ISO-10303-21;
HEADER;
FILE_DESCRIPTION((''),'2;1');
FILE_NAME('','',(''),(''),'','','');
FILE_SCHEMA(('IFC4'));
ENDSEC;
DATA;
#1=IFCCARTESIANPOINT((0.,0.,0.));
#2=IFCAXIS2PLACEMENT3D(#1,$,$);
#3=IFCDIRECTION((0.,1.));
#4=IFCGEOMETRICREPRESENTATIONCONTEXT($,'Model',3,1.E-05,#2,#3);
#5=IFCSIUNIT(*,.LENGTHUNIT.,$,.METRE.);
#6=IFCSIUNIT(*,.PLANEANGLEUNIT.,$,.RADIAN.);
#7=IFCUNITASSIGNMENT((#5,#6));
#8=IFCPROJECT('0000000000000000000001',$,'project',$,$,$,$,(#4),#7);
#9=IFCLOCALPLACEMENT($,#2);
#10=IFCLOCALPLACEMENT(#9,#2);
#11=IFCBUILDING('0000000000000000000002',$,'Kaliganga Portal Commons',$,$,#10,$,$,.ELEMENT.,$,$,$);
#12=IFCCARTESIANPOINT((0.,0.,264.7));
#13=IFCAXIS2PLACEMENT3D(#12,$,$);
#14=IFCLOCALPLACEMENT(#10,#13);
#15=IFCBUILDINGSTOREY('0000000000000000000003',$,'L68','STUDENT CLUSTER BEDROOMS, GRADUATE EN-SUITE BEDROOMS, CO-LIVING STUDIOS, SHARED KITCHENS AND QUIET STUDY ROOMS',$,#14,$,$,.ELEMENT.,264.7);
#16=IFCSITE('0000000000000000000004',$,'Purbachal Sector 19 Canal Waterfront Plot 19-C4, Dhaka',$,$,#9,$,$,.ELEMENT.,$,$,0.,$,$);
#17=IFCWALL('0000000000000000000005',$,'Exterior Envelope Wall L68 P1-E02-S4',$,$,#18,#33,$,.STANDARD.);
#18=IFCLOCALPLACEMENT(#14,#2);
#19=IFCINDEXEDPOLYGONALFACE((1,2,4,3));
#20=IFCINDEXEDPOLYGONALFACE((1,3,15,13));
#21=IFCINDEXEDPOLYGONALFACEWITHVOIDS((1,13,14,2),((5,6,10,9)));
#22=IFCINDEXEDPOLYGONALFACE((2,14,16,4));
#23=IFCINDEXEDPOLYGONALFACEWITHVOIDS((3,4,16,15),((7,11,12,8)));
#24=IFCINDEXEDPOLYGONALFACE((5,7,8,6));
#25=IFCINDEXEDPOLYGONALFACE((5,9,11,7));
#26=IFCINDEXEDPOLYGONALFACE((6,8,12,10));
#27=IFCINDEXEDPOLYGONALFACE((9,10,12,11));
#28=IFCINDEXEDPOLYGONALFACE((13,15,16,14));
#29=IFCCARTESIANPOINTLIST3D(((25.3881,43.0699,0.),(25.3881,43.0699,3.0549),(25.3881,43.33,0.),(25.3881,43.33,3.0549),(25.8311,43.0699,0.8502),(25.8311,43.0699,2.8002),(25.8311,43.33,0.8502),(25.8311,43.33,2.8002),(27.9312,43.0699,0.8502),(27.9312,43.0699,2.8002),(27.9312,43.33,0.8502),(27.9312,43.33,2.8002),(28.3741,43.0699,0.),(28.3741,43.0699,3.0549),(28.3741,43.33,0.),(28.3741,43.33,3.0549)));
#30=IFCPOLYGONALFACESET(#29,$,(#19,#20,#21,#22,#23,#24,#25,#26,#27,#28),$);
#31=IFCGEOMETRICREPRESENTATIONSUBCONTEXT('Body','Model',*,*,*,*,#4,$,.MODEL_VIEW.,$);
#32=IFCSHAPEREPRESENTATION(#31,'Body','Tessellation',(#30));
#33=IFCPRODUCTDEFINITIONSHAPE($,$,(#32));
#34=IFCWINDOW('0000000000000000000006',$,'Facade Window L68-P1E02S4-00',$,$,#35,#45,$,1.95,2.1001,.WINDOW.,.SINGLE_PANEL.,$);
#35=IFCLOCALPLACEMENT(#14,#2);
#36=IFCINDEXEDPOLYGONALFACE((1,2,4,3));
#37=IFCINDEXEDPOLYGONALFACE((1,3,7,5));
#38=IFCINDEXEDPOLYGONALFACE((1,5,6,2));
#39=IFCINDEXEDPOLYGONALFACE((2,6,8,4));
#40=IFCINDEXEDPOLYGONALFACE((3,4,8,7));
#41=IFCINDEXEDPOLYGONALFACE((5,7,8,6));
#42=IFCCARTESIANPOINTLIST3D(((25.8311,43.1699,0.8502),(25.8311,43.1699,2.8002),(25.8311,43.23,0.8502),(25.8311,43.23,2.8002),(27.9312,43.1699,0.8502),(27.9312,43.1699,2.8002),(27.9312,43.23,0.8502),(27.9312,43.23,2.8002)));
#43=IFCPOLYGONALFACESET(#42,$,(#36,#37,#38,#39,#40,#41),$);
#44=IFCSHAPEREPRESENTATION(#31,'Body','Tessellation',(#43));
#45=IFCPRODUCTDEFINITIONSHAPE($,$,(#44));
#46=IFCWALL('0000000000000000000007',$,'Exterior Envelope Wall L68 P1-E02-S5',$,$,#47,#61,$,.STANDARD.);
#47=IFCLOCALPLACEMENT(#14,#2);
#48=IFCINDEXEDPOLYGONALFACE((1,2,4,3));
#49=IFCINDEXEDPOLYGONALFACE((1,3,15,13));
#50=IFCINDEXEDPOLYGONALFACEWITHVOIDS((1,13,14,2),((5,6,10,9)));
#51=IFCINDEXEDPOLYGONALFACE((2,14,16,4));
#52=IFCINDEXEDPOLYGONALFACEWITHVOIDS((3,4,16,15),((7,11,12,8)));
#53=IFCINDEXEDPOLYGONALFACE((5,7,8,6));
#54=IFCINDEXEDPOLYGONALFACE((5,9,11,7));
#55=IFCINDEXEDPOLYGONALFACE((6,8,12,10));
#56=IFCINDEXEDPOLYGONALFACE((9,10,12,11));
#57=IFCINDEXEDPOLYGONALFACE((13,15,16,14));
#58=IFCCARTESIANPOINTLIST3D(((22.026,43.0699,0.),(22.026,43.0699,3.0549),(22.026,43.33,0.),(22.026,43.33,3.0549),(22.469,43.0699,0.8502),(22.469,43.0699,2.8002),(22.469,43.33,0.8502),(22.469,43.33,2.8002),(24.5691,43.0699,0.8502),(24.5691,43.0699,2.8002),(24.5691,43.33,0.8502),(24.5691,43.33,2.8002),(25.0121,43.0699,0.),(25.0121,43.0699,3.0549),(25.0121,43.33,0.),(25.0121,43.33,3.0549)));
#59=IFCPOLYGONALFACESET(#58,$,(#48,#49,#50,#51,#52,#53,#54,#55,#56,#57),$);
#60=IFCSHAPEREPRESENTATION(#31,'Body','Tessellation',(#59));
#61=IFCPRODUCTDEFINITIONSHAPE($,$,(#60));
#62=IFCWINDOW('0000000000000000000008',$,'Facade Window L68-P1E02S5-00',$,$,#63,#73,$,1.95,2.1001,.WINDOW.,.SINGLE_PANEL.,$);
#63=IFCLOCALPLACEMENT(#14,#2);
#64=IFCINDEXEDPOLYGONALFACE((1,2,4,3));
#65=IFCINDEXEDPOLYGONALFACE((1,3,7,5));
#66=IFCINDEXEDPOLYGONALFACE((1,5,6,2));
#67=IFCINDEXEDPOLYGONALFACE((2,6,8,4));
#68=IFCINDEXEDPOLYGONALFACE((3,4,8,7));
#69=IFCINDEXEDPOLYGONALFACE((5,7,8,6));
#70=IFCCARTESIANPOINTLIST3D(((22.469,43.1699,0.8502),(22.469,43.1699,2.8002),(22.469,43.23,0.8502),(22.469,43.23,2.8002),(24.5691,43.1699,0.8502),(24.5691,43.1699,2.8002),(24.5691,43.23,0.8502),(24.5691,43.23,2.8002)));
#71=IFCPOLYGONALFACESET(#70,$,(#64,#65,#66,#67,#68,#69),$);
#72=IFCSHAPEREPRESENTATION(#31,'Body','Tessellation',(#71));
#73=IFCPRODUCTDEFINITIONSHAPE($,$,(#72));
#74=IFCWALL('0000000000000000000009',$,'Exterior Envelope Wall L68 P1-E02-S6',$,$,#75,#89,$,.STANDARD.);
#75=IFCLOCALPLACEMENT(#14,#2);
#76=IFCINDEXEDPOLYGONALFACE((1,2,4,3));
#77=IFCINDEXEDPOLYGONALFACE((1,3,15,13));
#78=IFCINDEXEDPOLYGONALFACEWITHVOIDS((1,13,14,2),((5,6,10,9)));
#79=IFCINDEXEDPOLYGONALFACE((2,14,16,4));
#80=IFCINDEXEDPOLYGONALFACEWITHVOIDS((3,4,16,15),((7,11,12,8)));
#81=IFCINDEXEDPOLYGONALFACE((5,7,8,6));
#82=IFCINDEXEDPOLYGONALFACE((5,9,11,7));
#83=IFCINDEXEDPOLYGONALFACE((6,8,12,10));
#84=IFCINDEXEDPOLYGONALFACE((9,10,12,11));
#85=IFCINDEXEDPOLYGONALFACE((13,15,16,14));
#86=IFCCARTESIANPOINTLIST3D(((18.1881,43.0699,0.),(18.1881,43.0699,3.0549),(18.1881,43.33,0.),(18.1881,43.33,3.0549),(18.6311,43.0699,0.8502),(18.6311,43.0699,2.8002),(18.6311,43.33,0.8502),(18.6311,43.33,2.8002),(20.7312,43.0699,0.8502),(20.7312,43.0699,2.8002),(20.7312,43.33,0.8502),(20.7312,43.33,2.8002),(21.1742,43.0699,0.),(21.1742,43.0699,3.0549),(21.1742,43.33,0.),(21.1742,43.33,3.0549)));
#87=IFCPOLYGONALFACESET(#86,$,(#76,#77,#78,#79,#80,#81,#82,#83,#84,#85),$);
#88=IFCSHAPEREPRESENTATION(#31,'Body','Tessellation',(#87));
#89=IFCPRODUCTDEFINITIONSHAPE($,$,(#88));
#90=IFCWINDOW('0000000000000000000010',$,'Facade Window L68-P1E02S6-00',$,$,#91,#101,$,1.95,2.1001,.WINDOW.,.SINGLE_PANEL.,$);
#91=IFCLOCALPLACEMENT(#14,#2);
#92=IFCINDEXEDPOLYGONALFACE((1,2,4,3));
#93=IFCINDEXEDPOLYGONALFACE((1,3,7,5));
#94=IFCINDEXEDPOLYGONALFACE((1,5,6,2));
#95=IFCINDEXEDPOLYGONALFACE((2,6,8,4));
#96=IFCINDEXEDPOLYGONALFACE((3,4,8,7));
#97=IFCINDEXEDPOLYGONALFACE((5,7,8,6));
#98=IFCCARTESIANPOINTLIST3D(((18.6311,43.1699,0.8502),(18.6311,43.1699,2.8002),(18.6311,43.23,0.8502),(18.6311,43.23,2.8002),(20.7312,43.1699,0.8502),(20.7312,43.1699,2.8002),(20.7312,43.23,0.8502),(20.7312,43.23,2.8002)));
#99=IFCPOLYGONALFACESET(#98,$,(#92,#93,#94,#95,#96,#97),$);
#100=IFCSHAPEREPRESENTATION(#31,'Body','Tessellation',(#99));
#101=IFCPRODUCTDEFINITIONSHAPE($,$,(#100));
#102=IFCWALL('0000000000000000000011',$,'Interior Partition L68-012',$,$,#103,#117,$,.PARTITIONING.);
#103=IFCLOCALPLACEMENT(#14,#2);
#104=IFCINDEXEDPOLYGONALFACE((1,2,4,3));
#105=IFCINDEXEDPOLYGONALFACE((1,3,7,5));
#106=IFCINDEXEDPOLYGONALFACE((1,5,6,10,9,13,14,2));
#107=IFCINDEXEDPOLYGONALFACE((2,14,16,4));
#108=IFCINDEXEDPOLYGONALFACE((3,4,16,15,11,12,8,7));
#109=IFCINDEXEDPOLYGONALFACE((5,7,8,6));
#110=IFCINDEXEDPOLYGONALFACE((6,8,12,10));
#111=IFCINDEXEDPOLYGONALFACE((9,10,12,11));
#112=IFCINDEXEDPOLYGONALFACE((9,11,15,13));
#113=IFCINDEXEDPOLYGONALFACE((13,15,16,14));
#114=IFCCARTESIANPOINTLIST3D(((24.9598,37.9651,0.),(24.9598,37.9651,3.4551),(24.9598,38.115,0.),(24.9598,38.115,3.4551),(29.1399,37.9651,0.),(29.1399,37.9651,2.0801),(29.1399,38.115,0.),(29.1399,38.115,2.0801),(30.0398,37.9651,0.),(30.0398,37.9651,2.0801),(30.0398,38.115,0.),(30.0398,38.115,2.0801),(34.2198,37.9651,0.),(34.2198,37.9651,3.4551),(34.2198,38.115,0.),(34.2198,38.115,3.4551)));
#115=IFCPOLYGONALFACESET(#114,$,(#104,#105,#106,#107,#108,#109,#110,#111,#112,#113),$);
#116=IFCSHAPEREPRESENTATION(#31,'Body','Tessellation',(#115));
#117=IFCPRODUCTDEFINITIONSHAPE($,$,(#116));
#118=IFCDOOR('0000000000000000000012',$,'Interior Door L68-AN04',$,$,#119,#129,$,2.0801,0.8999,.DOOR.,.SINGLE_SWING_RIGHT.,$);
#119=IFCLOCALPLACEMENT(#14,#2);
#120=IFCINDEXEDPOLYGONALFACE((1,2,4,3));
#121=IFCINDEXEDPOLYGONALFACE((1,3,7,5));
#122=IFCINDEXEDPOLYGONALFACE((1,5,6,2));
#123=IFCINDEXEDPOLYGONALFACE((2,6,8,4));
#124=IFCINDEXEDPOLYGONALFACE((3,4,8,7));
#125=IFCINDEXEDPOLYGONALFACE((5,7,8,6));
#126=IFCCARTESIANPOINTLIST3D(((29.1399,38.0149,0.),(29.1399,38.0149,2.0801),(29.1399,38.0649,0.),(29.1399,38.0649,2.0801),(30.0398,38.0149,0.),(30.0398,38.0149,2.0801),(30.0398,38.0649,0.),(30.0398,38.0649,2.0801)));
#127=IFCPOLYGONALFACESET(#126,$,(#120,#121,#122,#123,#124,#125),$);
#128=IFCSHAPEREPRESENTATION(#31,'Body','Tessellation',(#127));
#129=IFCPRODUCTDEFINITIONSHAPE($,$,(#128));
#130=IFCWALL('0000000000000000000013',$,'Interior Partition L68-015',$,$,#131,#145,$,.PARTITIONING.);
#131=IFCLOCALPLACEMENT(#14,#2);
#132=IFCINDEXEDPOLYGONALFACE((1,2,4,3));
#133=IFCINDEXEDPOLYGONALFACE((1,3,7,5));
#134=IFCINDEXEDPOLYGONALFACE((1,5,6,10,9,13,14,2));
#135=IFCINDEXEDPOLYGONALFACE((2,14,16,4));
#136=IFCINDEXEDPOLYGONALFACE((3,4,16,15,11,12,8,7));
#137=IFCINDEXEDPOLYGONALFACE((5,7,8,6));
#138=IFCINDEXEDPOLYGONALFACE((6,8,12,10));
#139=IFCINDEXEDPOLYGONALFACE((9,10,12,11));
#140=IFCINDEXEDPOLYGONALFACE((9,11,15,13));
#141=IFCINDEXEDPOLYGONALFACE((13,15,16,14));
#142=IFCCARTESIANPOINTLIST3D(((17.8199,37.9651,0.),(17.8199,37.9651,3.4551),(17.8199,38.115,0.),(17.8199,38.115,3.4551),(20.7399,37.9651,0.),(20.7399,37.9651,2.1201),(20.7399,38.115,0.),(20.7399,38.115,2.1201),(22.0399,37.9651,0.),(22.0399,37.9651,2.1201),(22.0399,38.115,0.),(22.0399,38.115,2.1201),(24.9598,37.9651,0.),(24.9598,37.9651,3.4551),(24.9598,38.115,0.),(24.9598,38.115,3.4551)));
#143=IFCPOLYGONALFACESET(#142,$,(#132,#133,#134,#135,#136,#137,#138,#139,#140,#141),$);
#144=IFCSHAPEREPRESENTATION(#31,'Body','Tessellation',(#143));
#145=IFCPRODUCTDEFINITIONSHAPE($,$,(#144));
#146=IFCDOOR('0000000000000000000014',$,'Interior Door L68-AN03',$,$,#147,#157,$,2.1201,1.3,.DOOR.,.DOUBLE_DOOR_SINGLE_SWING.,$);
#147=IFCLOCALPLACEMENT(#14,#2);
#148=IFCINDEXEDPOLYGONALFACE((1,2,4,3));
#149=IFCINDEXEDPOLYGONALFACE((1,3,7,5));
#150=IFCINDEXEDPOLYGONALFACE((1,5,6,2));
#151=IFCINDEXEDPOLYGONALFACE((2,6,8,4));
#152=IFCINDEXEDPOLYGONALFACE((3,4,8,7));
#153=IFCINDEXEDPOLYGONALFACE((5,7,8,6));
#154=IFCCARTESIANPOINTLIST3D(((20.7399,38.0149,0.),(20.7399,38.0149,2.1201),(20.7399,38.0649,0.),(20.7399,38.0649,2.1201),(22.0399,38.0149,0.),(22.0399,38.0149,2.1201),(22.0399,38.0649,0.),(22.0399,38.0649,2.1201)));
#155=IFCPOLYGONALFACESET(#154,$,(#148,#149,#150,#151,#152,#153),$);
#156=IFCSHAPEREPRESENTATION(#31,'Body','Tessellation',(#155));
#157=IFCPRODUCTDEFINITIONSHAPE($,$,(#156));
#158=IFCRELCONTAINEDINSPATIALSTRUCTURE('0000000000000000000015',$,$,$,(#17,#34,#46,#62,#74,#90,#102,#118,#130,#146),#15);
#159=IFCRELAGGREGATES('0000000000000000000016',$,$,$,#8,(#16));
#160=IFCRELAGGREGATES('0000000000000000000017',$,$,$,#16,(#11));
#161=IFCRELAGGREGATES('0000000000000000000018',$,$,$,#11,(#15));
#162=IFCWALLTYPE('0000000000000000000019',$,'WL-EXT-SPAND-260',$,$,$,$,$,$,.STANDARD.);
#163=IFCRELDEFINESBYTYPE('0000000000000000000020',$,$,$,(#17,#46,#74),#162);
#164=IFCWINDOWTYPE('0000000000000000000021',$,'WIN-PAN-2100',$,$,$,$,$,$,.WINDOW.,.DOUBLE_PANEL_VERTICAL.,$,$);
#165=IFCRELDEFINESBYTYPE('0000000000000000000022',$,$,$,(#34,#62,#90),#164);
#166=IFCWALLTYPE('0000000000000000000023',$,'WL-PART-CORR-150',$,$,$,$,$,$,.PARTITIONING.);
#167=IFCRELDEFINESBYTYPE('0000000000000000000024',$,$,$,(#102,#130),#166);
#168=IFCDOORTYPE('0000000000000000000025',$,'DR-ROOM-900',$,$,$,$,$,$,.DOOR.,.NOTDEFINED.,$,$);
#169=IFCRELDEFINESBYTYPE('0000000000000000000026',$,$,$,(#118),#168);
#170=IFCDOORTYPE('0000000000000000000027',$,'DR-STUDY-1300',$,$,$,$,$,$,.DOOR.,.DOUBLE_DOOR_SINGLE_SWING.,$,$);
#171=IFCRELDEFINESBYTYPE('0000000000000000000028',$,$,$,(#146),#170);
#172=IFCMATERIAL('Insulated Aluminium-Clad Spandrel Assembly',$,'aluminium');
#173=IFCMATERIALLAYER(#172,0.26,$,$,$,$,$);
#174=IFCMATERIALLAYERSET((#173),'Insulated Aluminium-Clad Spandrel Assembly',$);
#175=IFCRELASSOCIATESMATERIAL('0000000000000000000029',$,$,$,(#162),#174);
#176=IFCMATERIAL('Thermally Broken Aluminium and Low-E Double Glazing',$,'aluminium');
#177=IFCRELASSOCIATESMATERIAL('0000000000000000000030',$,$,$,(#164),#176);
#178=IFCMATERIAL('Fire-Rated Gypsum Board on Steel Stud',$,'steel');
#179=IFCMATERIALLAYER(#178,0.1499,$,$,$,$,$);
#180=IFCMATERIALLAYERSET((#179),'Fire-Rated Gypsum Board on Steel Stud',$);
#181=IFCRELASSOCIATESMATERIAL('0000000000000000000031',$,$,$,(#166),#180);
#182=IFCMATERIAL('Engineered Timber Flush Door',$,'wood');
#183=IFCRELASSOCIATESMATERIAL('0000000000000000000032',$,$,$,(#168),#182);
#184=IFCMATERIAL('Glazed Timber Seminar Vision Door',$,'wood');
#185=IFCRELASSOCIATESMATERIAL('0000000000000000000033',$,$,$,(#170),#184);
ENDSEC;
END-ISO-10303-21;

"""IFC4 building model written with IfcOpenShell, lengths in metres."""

from ifc_helpers import new_model, si_unit, direction, frame, frame_2d, origin, place, context, subcontext, project, spatial, rectangle, extrude, material, layer, layer_set, type_object, element, fill, save


model = new_model("IFC4")

# Units and contexts
model_context = context("Model", 3, precision=1e-05, world=origin(), true_north=direction((0.0, 1.0)))
body_context = subcontext(model_context, "Body", "Model", "MODEL_VIEW")
ifc_project = project(units=[si_unit("LENGTHUNIT", "METRE"), si_unit("PLANEANGLEUNIT", "RADIAN")], contexts=[model_context])

# Site, building, storey
site_placement = place(None, origin())
site = spatial("IfcSite", under=ifc_project, at=site_placement, Name="Purbachal Sector 19 Canal Waterfront Plot 19-C4, Dhaka", CompositionType="ELEMENT", RefElevation=0.0)
building_placement = place(site_placement, origin())
building = spatial("IfcBuilding", under=site, at=building_placement, Name="Kaliganga Portal Commons", CompositionType="ELEMENT")
storey_placement = place(building_placement, frame((0.0, 0.0, 264.7)))
storey = spatial("IfcBuildingStorey", under=building, at=storey_placement, Name="L68", Description="STUDENT CLUSTER BEDROOMS, GRADUATE EN-SUITE BEDROOMS, CO-LIVING STUDIOS, SHARED KITCHENS AND QUIET STUDY ROOMS", CompositionType="ELEMENT", Elevation=264.7)

# Walls, openings, windows
ifc_material_1 = material(Name="Insulated Aluminium-Clad Spandrel Assembly", Category="aluminium")
ifc_layer_1 = layer(ifc_material_1, 0.26)
ifc_layer_set_1 = layer_set([ifc_layer_1], Name="Insulated Aluminium-Clad Spandrel Assembly")
wall_type_1 = type_object("IfcWallType", Name="WL-EXT-SPAND-260", PredefinedType="STANDARD", material=ifc_layer_set_1)
wall_1_placement = place(storey_placement, frame((25.3879, 43.2, 0.0), z_axis=(0.0, 0.0, 1.0), x_axis=(1.0, 0.0, 0.0)))
wall_1 = element("IfcWall", 1, at=wall_1_placement, inside=storey, type_object=wall_type_1, Name="Exterior Envelope Wall L68 P1-E02-S4", PredefinedType="STANDARD", context=body_context, shape_type="SweptSolid", body=[
    extrude(rectangle(XDim=2.9861, YDim=0.26, at=frame_2d((1.4932, 0.0))), origin(), (0.0, 0.0, 1.0), 3.0549),
])
opening_1_placement = place(wall_1_placement, frame((0.4431, 0.0, 0.8501)))
opening_1 = element("IfcOpeningElement", 2, at=opening_1_placement, cuts=wall_1, PredefinedType="OPENING", context=body_context, shape_type="SweptSolid", body=[
    extrude(rectangle(XDim=2.1001, YDim=1.95, at=frame_2d((1.05, 0.9751))), frame((0.0, 0.1401, 0.0), z_axis=(0.0, -1.0, 0.0), x_axis=(1.0, 0.0, 0.0)), (0.0, 0.0, 1.0), 0.28),
])
ifc_material_2 = material(Name="Thermally Broken Aluminium and Low-E Double Glazing", Category="aluminium")
window_type = type_object("IfcWindowType", Name="WIN-PAN-2100", PartitioningType="DOUBLE_PANEL_VERTICAL", PredefinedType="WINDOW", material=ifc_material_2)
window_1_placement = place(opening_1_placement, origin())
window_1 = element("IfcWindow", 3, at=window_1_placement, inside=storey, type_object=window_type, Name="Facade Window L68-P1E02S4-00", OverallHeight=1.95, OverallWidth=2.1001, PartitioningType="SINGLE_PANEL", PredefinedType="WINDOW", context=body_context, shape_type="SweptSolid", body=[
    extrude(rectangle(XDim=2.1001, YDim=1.95, at=frame_2d((1.05, 0.9751))), frame((0.0, 0.03, 0.0), z_axis=(0.0, -1.0, 0.0), x_axis=(1.0, 0.0, 0.0)), (0.0, 0.0, 1.0), 0.0601),
])
fill(opening_1, window_1)
wall_2_placement = place(storey_placement, frame((22.0259, 43.2, 0.0), z_axis=(0.0, 0.0, 1.0), x_axis=(1.0, 0.0, 0.0)))
wall_2 = element("IfcWall", 4, at=wall_2_placement, inside=storey, type_object=wall_type_1, Name="Exterior Envelope Wall L68 P1-E02-S5", PredefinedType="STANDARD", context=body_context, shape_type="SweptSolid", body=[
    extrude(rectangle(XDim=2.9861, YDim=0.26, at=frame_2d((1.4932, 0.0))), origin(), (0.0, 0.0, 1.0), 3.0549),
])
opening_2_placement = place(wall_2_placement, frame((0.4431, 0.0, 0.8501)))
opening_2 = element("IfcOpeningElement", 5, at=opening_2_placement, cuts=wall_2, PredefinedType="OPENING", context=body_context, shape_type="SweptSolid", body=[
    extrude(rectangle(XDim=2.1001, YDim=1.95, at=frame_2d((1.05, 0.9751))), frame((0.0, 0.1401, 0.0), z_axis=(0.0, -1.0, 0.0), x_axis=(1.0, 0.0, 0.0)), (0.0, 0.0, 1.0), 0.28),
])
window_2_placement = place(opening_2_placement, origin())
window_2 = element("IfcWindow", 6, at=window_2_placement, inside=storey, type_object=window_type, Name="Facade Window L68-P1E02S5-00", OverallHeight=1.95, OverallWidth=2.1001, PartitioningType="SINGLE_PANEL", PredefinedType="WINDOW", context=body_context, shape_type="SweptSolid", body=[
    extrude(rectangle(XDim=2.1001, YDim=1.95, at=frame_2d((1.05, 0.9751))), frame((0.0, 0.03, 0.0), z_axis=(0.0, -1.0, 0.0), x_axis=(1.0, 0.0, 0.0)), (0.0, 0.0, 1.0), 0.0601),
])
fill(opening_2, window_2)
wall_3_placement = place(storey_placement, frame((18.188, 43.2, 0.0), z_axis=(0.0, 0.0, 1.0), x_axis=(1.0, 0.0, 0.0)))
wall_3 = element("IfcWall", 7, at=wall_3_placement, inside=storey, type_object=wall_type_1, Name="Exterior Envelope Wall L68 P1-E02-S6", PredefinedType="STANDARD", context=body_context, shape_type="SweptSolid", body=[
    extrude(rectangle(XDim=2.9861, YDim=0.26, at=frame_2d((1.4932, 0.0))), origin(), (0.0, 0.0, 1.0), 3.0549),
])
opening_3_placement = place(wall_3_placement, frame((0.4431, 0.0, 0.8501)))
opening_3 = element("IfcOpeningElement", 8, at=opening_3_placement, cuts=wall_3, PredefinedType="OPENING", context=body_context, shape_type="SweptSolid", body=[
    extrude(rectangle(XDim=2.1001, YDim=1.95, at=frame_2d((1.05, 0.9751))), frame((0.0, 0.1401, 0.0), z_axis=(0.0, -1.0, 0.0), x_axis=(1.0, 0.0, 0.0)), (0.0, 0.0, 1.0), 0.28),
])
window_3_placement = place(opening_3_placement, origin())
window_3 = element("IfcWindow", 9, at=window_3_placement, inside=storey, type_object=window_type, Name="Facade Window L68-P1E02S6-00", OverallHeight=1.95, OverallWidth=2.1001, PartitioningType="SINGLE_PANEL", PredefinedType="WINDOW", context=body_context, shape_type="SweptSolid", body=[
    extrude(rectangle(XDim=2.1001, YDim=1.95, at=frame_2d((1.05, 0.9751))), frame((0.0, 0.03, 0.0), z_axis=(0.0, -1.0, 0.0), x_axis=(1.0, 0.0, 0.0)), (0.0, 0.0, 1.0), 0.0601),
])
fill(opening_3, window_3)

# Walls, openings, doors
ifc_material_3 = material(Name="Fire-Rated Gypsum Board on Steel Stud", Category="steel")
ifc_layer_2 = layer(ifc_material_3, 0.1499)
ifc_layer_set_2 = layer_set([ifc_layer_2], Name="Fire-Rated Gypsum Board on Steel Stud")
wall_type_2 = type_object("IfcWallType", Name="WL-PART-CORR-150", PredefinedType="PARTITIONING", material=ifc_layer_set_2)
wall_4_placement = place(storey_placement, frame((24.96, 38.04, 0.0), z_axis=(0.0, 0.0, 1.0), x_axis=(1.0, 0.0, 0.0)))
wall_4 = element("IfcWall", 10, at=wall_4_placement, inside=storey, type_object=wall_type_2, Name="Interior Partition L68-012", PredefinedType="PARTITIONING", context=body_context, shape_type="SweptSolid", body=[
    extrude(rectangle(XDim=9.26, YDim=0.1499, at=frame_2d((4.6299, 0.0))), origin(), (0.0, 0.0, 1.0), 3.4551),
])
opening_4_placement = place(wall_4_placement, frame((4.1799, 0.0, 0.0)))
opening_4 = element("IfcOpeningElement", 11, at=opening_4_placement, cuts=wall_4, PredefinedType="OPENING", context=body_context, shape_type="SweptSolid", body=[
    extrude(rectangle(XDim=0.8999, YDim=2.0801, at=frame_2d((0.45, 1.04))), frame((0.0, 0.085, 0.0), z_axis=(0.0, -1.0, 0.0), x_axis=(1.0, 0.0, 0.0)), (0.0, 0.0, 1.0), 0.1699),
])
ifc_material_4 = material(Name="Engineered Timber Flush Door", Category="wood")
door_type_1 = type_object("IfcDoorType", Name="DR-ROOM-900", OperationType="NOTDEFINED", PredefinedType="DOOR", material=ifc_material_4)
door_1_placement = place(opening_4_placement, origin())
door_1 = element("IfcDoor", 12, at=door_1_placement, inside=storey, type_object=door_type_1, Name="Interior Door L68-AN04", OperationType="SINGLE_SWING_RIGHT", OverallHeight=2.0801, OverallWidth=0.8999, PredefinedType="DOOR", context=body_context, shape_type="SweptSolid", body=[
    extrude(rectangle(XDim=0.8999, YDim=2.0801, at=frame_2d((0.45, 1.04))), frame((0.0, 0.0249, 0.0), z_axis=(0.0, -1.0, 0.0), x_axis=(1.0, 0.0, 0.0)), (0.0, 0.0, 1.0), 0.05),
])
fill(opening_4, door_1)
wall_5_placement = place(storey_placement, frame((17.8201, 38.04, 0.0), z_axis=(0.0, 0.0, 1.0), x_axis=(1.0, 0.0, 0.0)))
wall_5 = element("IfcWall", 13, at=wall_5_placement, inside=storey, type_object=wall_type_2, Name="Interior Partition L68-015", PredefinedType="PARTITIONING", context=body_context, shape_type="SweptSolid", body=[
    extrude(rectangle(XDim=7.1399, YDim=0.1499, at=frame_2d((3.5698, 0.0))), origin(), (0.0, 0.0, 1.0), 3.4551),
])
opening_5_placement = place(wall_5_placement, frame((2.9199, 0.0, 0.0)))
opening_5 = element("IfcOpeningElement", 14, at=opening_5_placement, cuts=wall_5, PredefinedType="OPENING", context=body_context, shape_type="SweptSolid", body=[
    extrude(rectangle(XDim=1.3, YDim=2.1201, at=frame_2d((0.6499, 1.0601))), frame((0.0, 0.085, 0.0), z_axis=(0.0, -1.0, 0.0), x_axis=(1.0, 0.0, 0.0)), (0.0, 0.0, 1.0), 0.1699),
])
ifc_material_5 = material(Name="Glazed Timber Seminar Vision Door", Category="wood")
door_type_2 = type_object("IfcDoorType", Name="DR-STUDY-1300", OperationType="DOUBLE_DOOR_SINGLE_SWING", PredefinedType="DOOR", material=ifc_material_5)
door_2_placement = place(opening_5_placement, origin())
door_2 = element("IfcDoor", 15, at=door_2_placement, inside=storey, type_object=door_type_2, Name="Interior Door L68-AN03", OperationType="DOUBLE_DOOR_SINGLE_SWING", OverallHeight=2.1201, OverallWidth=1.3, PredefinedType="DOOR", context=body_context, shape_type="SweptSolid", body=[
    extrude(rectangle(XDim=1.3, YDim=2.1201, at=frame_2d((0.6499, 1.0601))), frame((0.0, 0.0249, 0.0), z_axis=(0.0, -1.0, 0.0), x_axis=(1.0, 0.0, 0.0)), (0.0, 0.0, 1.0), 0.05),
])
fill(opening_5, door_2)

save(model, "model.ifc")
